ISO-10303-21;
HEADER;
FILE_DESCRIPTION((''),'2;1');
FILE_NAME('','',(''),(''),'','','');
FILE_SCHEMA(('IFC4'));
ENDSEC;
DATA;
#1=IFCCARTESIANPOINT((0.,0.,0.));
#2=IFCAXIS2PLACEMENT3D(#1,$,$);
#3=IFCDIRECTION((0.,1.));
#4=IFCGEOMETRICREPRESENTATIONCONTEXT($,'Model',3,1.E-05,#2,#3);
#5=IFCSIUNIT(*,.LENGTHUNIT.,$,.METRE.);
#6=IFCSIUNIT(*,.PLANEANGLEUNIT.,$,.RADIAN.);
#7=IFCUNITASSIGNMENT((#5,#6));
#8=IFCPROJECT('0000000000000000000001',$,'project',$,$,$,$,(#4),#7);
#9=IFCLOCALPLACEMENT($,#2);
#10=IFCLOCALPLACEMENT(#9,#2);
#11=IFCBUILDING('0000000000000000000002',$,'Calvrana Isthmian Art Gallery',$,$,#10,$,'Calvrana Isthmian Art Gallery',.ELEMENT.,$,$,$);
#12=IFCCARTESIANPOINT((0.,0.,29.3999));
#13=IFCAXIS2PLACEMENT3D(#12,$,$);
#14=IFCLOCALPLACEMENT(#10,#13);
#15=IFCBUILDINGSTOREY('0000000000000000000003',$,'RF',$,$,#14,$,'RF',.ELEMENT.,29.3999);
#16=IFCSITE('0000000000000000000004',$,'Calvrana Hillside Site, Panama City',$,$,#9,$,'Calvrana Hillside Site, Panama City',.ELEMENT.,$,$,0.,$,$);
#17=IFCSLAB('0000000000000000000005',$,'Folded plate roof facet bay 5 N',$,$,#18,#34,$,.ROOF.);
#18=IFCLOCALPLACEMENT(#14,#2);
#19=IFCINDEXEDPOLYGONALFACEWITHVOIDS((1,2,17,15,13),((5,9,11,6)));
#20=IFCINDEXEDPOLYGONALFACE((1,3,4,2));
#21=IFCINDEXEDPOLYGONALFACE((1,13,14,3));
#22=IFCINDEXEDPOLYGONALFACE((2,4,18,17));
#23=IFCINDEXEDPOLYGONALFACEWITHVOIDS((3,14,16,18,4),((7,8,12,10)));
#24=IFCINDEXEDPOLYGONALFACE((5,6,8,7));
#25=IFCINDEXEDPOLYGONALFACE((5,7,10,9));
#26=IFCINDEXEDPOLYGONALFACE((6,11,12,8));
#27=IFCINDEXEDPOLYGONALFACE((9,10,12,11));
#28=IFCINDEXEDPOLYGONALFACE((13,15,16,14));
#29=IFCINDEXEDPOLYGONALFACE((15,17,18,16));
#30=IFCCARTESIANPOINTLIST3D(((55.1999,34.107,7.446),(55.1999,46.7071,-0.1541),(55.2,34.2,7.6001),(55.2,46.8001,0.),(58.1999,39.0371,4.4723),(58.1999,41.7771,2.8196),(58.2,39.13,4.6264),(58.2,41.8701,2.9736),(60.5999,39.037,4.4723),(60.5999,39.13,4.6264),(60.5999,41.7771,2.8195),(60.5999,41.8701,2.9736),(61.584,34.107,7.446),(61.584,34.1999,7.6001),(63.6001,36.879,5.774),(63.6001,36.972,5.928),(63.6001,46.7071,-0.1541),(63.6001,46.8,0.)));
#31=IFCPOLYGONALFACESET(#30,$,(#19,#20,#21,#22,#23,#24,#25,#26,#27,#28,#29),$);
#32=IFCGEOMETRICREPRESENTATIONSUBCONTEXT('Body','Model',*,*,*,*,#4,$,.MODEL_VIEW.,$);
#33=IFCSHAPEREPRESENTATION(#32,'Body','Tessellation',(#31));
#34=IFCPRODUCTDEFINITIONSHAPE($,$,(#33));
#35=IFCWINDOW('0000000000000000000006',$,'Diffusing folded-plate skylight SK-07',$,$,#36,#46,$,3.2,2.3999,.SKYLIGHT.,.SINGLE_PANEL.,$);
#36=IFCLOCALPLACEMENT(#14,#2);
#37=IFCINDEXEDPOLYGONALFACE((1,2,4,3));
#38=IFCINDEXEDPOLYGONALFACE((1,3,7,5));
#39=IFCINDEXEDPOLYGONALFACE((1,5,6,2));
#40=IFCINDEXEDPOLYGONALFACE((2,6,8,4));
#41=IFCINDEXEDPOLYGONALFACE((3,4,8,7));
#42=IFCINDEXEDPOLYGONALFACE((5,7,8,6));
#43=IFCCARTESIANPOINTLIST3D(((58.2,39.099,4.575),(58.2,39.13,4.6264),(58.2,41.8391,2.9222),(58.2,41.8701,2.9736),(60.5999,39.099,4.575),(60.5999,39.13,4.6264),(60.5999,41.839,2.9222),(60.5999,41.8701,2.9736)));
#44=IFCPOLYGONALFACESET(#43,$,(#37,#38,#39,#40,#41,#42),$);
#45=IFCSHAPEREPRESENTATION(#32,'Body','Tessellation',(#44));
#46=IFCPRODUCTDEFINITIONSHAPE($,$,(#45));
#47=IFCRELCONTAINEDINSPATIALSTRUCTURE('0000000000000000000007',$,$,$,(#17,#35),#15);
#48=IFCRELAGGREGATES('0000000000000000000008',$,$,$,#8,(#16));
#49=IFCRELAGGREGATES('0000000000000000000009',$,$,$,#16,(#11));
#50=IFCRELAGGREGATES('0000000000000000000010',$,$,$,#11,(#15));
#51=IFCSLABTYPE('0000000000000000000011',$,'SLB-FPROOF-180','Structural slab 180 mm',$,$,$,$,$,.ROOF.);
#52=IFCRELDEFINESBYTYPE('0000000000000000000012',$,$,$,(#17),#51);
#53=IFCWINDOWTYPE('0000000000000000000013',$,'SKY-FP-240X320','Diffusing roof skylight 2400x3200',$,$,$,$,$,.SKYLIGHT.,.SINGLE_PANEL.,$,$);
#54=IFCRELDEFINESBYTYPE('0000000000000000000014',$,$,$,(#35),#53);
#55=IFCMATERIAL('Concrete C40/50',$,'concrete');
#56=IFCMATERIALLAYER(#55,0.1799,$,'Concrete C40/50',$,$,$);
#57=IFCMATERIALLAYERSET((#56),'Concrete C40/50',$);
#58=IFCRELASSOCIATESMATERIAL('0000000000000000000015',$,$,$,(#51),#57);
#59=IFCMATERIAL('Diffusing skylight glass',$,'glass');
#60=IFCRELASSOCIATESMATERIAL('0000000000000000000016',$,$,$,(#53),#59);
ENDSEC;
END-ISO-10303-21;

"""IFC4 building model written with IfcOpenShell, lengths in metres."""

from ifc_helpers import new_model, si_unit, direction, frame, origin, origin_2d, place, context, subcontext, project, spatial, polyline, rectangle, outline, extrude, material, layer, layer_set, type_object, element, fill, save


model = new_model("IFC4")

# Units and contexts
model_context = context("Model", 3, precision=1e-05, world=origin(), true_north=direction((0.0, 1.0)))
body_context = subcontext(model_context, "Body", "Model", "MODEL_VIEW")
ifc_project = project(units=[si_unit("LENGTHUNIT", "METRE"), si_unit("PLANEANGLEUNIT", "RADIAN")], contexts=[model_context])

# Site, building, storey
site_placement = place(None, origin())
site = spatial("IfcSite", under=ifc_project, at=site_placement, Name="Calvrana Hillside Site, Panama City", LongName="Calvrana Hillside Site, Panama City", CompositionType="ELEMENT", RefElevation=0.0)
building_placement = place(site_placement, origin())
building = spatial("IfcBuilding", under=site, at=building_placement, Name="Calvrana Isthmian Art Gallery", LongName="Calvrana Isthmian Art Gallery", CompositionType="ELEMENT")
storey_placement = place(building_placement, frame((0.0, 0.0, 29.3999)))
storey = spatial("IfcBuildingStorey", under=building, at=storey_placement, Name="RF", LongName="RF", CompositionType="ELEMENT", Elevation=29.3999)

# Slab, opening, window
ifc_material_1 = material(Name="Concrete C40/50", Category="concrete")
ifc_layer_1 = layer(ifc_material_1, 0.1799, Name="Concrete C40/50")
ifc_layer_set_1 = layer_set([ifc_layer_1], Name="Concrete C40/50")
slab_type = type_object("IfcSlabType", Name="SLB-FPROOF-180", Description="Structural slab 180 mm", PredefinedType="ROOF", material=ifc_layer_set_1)
ifc_material_2 = material(Name="Diffusing skylight glass", Category="glass")
slab_1_placement = place(storey_placement, frame((55.2, 34.2, 7.6001), z_axis=(0.000007, 0.516494, 0.856291), x_axis=(1.0, -0.000003, -0.000006)))
slab_1 = element("IfcSlab", 1, at=slab_1_placement, inside=storey, type_object=slab_type, Name="Folded plate roof facet bay 5 N", PredefinedType="ROOF", context=body_context, shape_type="SweptSolid", body=[
    extrude(outline(polyline([(0.0, 0.0), (6.384, 0.0), (8.4001, 3.2373), (8.4001, 14.7148), (0.0, 14.7148), (0.0, 0.0)])), origin(), (0.0, 0.0, -1.0), 0.1799),
])
opening_1_placement = place(slab_1_placement, frame((4.2, 7.3574, 0.0103)))
opening_1 = element("IfcOpeningElement", 2, at=opening_1_placement, cuts=slab_1, PredefinedType="OPENING", context=body_context, shape_type="SweptSolid", body=[
    extrude(rectangle(XDim=2.3999, YDim=3.2, at=origin_2d()), origin(), (0.0, 0.0, -1.0), 0.2004),
])
window_type_1 = type_object("IfcWindowType", Name="SKY-FP-240X320", Description="Diffusing roof skylight 2400x3200", PartitioningType="SINGLE_PANEL", PredefinedType="SKYLIGHT", material=ifc_material_2)
window_1_placement = place(slab_1_placement, frame((4.2, 7.3574, 0.0)))
window_1 = element("IfcWindow", 3, at=window_1_placement, inside=storey, type_object=window_type_1, Name="Diffusing folded-plate skylight SK-07", OverallHeight=3.2, OverallWidth=2.3999, PartitioningType="SINGLE_PANEL", PredefinedType="SKYLIGHT", context=body_context, shape_type="SweptSolid", body=[
    extrude(rectangle(XDim=2.3999, YDim=3.2, at=origin_2d()), origin(), (0.0, 0.0, -1.0), 0.0601),
])
fill(opening_1, window_1)

save(model, "model.ifc")
